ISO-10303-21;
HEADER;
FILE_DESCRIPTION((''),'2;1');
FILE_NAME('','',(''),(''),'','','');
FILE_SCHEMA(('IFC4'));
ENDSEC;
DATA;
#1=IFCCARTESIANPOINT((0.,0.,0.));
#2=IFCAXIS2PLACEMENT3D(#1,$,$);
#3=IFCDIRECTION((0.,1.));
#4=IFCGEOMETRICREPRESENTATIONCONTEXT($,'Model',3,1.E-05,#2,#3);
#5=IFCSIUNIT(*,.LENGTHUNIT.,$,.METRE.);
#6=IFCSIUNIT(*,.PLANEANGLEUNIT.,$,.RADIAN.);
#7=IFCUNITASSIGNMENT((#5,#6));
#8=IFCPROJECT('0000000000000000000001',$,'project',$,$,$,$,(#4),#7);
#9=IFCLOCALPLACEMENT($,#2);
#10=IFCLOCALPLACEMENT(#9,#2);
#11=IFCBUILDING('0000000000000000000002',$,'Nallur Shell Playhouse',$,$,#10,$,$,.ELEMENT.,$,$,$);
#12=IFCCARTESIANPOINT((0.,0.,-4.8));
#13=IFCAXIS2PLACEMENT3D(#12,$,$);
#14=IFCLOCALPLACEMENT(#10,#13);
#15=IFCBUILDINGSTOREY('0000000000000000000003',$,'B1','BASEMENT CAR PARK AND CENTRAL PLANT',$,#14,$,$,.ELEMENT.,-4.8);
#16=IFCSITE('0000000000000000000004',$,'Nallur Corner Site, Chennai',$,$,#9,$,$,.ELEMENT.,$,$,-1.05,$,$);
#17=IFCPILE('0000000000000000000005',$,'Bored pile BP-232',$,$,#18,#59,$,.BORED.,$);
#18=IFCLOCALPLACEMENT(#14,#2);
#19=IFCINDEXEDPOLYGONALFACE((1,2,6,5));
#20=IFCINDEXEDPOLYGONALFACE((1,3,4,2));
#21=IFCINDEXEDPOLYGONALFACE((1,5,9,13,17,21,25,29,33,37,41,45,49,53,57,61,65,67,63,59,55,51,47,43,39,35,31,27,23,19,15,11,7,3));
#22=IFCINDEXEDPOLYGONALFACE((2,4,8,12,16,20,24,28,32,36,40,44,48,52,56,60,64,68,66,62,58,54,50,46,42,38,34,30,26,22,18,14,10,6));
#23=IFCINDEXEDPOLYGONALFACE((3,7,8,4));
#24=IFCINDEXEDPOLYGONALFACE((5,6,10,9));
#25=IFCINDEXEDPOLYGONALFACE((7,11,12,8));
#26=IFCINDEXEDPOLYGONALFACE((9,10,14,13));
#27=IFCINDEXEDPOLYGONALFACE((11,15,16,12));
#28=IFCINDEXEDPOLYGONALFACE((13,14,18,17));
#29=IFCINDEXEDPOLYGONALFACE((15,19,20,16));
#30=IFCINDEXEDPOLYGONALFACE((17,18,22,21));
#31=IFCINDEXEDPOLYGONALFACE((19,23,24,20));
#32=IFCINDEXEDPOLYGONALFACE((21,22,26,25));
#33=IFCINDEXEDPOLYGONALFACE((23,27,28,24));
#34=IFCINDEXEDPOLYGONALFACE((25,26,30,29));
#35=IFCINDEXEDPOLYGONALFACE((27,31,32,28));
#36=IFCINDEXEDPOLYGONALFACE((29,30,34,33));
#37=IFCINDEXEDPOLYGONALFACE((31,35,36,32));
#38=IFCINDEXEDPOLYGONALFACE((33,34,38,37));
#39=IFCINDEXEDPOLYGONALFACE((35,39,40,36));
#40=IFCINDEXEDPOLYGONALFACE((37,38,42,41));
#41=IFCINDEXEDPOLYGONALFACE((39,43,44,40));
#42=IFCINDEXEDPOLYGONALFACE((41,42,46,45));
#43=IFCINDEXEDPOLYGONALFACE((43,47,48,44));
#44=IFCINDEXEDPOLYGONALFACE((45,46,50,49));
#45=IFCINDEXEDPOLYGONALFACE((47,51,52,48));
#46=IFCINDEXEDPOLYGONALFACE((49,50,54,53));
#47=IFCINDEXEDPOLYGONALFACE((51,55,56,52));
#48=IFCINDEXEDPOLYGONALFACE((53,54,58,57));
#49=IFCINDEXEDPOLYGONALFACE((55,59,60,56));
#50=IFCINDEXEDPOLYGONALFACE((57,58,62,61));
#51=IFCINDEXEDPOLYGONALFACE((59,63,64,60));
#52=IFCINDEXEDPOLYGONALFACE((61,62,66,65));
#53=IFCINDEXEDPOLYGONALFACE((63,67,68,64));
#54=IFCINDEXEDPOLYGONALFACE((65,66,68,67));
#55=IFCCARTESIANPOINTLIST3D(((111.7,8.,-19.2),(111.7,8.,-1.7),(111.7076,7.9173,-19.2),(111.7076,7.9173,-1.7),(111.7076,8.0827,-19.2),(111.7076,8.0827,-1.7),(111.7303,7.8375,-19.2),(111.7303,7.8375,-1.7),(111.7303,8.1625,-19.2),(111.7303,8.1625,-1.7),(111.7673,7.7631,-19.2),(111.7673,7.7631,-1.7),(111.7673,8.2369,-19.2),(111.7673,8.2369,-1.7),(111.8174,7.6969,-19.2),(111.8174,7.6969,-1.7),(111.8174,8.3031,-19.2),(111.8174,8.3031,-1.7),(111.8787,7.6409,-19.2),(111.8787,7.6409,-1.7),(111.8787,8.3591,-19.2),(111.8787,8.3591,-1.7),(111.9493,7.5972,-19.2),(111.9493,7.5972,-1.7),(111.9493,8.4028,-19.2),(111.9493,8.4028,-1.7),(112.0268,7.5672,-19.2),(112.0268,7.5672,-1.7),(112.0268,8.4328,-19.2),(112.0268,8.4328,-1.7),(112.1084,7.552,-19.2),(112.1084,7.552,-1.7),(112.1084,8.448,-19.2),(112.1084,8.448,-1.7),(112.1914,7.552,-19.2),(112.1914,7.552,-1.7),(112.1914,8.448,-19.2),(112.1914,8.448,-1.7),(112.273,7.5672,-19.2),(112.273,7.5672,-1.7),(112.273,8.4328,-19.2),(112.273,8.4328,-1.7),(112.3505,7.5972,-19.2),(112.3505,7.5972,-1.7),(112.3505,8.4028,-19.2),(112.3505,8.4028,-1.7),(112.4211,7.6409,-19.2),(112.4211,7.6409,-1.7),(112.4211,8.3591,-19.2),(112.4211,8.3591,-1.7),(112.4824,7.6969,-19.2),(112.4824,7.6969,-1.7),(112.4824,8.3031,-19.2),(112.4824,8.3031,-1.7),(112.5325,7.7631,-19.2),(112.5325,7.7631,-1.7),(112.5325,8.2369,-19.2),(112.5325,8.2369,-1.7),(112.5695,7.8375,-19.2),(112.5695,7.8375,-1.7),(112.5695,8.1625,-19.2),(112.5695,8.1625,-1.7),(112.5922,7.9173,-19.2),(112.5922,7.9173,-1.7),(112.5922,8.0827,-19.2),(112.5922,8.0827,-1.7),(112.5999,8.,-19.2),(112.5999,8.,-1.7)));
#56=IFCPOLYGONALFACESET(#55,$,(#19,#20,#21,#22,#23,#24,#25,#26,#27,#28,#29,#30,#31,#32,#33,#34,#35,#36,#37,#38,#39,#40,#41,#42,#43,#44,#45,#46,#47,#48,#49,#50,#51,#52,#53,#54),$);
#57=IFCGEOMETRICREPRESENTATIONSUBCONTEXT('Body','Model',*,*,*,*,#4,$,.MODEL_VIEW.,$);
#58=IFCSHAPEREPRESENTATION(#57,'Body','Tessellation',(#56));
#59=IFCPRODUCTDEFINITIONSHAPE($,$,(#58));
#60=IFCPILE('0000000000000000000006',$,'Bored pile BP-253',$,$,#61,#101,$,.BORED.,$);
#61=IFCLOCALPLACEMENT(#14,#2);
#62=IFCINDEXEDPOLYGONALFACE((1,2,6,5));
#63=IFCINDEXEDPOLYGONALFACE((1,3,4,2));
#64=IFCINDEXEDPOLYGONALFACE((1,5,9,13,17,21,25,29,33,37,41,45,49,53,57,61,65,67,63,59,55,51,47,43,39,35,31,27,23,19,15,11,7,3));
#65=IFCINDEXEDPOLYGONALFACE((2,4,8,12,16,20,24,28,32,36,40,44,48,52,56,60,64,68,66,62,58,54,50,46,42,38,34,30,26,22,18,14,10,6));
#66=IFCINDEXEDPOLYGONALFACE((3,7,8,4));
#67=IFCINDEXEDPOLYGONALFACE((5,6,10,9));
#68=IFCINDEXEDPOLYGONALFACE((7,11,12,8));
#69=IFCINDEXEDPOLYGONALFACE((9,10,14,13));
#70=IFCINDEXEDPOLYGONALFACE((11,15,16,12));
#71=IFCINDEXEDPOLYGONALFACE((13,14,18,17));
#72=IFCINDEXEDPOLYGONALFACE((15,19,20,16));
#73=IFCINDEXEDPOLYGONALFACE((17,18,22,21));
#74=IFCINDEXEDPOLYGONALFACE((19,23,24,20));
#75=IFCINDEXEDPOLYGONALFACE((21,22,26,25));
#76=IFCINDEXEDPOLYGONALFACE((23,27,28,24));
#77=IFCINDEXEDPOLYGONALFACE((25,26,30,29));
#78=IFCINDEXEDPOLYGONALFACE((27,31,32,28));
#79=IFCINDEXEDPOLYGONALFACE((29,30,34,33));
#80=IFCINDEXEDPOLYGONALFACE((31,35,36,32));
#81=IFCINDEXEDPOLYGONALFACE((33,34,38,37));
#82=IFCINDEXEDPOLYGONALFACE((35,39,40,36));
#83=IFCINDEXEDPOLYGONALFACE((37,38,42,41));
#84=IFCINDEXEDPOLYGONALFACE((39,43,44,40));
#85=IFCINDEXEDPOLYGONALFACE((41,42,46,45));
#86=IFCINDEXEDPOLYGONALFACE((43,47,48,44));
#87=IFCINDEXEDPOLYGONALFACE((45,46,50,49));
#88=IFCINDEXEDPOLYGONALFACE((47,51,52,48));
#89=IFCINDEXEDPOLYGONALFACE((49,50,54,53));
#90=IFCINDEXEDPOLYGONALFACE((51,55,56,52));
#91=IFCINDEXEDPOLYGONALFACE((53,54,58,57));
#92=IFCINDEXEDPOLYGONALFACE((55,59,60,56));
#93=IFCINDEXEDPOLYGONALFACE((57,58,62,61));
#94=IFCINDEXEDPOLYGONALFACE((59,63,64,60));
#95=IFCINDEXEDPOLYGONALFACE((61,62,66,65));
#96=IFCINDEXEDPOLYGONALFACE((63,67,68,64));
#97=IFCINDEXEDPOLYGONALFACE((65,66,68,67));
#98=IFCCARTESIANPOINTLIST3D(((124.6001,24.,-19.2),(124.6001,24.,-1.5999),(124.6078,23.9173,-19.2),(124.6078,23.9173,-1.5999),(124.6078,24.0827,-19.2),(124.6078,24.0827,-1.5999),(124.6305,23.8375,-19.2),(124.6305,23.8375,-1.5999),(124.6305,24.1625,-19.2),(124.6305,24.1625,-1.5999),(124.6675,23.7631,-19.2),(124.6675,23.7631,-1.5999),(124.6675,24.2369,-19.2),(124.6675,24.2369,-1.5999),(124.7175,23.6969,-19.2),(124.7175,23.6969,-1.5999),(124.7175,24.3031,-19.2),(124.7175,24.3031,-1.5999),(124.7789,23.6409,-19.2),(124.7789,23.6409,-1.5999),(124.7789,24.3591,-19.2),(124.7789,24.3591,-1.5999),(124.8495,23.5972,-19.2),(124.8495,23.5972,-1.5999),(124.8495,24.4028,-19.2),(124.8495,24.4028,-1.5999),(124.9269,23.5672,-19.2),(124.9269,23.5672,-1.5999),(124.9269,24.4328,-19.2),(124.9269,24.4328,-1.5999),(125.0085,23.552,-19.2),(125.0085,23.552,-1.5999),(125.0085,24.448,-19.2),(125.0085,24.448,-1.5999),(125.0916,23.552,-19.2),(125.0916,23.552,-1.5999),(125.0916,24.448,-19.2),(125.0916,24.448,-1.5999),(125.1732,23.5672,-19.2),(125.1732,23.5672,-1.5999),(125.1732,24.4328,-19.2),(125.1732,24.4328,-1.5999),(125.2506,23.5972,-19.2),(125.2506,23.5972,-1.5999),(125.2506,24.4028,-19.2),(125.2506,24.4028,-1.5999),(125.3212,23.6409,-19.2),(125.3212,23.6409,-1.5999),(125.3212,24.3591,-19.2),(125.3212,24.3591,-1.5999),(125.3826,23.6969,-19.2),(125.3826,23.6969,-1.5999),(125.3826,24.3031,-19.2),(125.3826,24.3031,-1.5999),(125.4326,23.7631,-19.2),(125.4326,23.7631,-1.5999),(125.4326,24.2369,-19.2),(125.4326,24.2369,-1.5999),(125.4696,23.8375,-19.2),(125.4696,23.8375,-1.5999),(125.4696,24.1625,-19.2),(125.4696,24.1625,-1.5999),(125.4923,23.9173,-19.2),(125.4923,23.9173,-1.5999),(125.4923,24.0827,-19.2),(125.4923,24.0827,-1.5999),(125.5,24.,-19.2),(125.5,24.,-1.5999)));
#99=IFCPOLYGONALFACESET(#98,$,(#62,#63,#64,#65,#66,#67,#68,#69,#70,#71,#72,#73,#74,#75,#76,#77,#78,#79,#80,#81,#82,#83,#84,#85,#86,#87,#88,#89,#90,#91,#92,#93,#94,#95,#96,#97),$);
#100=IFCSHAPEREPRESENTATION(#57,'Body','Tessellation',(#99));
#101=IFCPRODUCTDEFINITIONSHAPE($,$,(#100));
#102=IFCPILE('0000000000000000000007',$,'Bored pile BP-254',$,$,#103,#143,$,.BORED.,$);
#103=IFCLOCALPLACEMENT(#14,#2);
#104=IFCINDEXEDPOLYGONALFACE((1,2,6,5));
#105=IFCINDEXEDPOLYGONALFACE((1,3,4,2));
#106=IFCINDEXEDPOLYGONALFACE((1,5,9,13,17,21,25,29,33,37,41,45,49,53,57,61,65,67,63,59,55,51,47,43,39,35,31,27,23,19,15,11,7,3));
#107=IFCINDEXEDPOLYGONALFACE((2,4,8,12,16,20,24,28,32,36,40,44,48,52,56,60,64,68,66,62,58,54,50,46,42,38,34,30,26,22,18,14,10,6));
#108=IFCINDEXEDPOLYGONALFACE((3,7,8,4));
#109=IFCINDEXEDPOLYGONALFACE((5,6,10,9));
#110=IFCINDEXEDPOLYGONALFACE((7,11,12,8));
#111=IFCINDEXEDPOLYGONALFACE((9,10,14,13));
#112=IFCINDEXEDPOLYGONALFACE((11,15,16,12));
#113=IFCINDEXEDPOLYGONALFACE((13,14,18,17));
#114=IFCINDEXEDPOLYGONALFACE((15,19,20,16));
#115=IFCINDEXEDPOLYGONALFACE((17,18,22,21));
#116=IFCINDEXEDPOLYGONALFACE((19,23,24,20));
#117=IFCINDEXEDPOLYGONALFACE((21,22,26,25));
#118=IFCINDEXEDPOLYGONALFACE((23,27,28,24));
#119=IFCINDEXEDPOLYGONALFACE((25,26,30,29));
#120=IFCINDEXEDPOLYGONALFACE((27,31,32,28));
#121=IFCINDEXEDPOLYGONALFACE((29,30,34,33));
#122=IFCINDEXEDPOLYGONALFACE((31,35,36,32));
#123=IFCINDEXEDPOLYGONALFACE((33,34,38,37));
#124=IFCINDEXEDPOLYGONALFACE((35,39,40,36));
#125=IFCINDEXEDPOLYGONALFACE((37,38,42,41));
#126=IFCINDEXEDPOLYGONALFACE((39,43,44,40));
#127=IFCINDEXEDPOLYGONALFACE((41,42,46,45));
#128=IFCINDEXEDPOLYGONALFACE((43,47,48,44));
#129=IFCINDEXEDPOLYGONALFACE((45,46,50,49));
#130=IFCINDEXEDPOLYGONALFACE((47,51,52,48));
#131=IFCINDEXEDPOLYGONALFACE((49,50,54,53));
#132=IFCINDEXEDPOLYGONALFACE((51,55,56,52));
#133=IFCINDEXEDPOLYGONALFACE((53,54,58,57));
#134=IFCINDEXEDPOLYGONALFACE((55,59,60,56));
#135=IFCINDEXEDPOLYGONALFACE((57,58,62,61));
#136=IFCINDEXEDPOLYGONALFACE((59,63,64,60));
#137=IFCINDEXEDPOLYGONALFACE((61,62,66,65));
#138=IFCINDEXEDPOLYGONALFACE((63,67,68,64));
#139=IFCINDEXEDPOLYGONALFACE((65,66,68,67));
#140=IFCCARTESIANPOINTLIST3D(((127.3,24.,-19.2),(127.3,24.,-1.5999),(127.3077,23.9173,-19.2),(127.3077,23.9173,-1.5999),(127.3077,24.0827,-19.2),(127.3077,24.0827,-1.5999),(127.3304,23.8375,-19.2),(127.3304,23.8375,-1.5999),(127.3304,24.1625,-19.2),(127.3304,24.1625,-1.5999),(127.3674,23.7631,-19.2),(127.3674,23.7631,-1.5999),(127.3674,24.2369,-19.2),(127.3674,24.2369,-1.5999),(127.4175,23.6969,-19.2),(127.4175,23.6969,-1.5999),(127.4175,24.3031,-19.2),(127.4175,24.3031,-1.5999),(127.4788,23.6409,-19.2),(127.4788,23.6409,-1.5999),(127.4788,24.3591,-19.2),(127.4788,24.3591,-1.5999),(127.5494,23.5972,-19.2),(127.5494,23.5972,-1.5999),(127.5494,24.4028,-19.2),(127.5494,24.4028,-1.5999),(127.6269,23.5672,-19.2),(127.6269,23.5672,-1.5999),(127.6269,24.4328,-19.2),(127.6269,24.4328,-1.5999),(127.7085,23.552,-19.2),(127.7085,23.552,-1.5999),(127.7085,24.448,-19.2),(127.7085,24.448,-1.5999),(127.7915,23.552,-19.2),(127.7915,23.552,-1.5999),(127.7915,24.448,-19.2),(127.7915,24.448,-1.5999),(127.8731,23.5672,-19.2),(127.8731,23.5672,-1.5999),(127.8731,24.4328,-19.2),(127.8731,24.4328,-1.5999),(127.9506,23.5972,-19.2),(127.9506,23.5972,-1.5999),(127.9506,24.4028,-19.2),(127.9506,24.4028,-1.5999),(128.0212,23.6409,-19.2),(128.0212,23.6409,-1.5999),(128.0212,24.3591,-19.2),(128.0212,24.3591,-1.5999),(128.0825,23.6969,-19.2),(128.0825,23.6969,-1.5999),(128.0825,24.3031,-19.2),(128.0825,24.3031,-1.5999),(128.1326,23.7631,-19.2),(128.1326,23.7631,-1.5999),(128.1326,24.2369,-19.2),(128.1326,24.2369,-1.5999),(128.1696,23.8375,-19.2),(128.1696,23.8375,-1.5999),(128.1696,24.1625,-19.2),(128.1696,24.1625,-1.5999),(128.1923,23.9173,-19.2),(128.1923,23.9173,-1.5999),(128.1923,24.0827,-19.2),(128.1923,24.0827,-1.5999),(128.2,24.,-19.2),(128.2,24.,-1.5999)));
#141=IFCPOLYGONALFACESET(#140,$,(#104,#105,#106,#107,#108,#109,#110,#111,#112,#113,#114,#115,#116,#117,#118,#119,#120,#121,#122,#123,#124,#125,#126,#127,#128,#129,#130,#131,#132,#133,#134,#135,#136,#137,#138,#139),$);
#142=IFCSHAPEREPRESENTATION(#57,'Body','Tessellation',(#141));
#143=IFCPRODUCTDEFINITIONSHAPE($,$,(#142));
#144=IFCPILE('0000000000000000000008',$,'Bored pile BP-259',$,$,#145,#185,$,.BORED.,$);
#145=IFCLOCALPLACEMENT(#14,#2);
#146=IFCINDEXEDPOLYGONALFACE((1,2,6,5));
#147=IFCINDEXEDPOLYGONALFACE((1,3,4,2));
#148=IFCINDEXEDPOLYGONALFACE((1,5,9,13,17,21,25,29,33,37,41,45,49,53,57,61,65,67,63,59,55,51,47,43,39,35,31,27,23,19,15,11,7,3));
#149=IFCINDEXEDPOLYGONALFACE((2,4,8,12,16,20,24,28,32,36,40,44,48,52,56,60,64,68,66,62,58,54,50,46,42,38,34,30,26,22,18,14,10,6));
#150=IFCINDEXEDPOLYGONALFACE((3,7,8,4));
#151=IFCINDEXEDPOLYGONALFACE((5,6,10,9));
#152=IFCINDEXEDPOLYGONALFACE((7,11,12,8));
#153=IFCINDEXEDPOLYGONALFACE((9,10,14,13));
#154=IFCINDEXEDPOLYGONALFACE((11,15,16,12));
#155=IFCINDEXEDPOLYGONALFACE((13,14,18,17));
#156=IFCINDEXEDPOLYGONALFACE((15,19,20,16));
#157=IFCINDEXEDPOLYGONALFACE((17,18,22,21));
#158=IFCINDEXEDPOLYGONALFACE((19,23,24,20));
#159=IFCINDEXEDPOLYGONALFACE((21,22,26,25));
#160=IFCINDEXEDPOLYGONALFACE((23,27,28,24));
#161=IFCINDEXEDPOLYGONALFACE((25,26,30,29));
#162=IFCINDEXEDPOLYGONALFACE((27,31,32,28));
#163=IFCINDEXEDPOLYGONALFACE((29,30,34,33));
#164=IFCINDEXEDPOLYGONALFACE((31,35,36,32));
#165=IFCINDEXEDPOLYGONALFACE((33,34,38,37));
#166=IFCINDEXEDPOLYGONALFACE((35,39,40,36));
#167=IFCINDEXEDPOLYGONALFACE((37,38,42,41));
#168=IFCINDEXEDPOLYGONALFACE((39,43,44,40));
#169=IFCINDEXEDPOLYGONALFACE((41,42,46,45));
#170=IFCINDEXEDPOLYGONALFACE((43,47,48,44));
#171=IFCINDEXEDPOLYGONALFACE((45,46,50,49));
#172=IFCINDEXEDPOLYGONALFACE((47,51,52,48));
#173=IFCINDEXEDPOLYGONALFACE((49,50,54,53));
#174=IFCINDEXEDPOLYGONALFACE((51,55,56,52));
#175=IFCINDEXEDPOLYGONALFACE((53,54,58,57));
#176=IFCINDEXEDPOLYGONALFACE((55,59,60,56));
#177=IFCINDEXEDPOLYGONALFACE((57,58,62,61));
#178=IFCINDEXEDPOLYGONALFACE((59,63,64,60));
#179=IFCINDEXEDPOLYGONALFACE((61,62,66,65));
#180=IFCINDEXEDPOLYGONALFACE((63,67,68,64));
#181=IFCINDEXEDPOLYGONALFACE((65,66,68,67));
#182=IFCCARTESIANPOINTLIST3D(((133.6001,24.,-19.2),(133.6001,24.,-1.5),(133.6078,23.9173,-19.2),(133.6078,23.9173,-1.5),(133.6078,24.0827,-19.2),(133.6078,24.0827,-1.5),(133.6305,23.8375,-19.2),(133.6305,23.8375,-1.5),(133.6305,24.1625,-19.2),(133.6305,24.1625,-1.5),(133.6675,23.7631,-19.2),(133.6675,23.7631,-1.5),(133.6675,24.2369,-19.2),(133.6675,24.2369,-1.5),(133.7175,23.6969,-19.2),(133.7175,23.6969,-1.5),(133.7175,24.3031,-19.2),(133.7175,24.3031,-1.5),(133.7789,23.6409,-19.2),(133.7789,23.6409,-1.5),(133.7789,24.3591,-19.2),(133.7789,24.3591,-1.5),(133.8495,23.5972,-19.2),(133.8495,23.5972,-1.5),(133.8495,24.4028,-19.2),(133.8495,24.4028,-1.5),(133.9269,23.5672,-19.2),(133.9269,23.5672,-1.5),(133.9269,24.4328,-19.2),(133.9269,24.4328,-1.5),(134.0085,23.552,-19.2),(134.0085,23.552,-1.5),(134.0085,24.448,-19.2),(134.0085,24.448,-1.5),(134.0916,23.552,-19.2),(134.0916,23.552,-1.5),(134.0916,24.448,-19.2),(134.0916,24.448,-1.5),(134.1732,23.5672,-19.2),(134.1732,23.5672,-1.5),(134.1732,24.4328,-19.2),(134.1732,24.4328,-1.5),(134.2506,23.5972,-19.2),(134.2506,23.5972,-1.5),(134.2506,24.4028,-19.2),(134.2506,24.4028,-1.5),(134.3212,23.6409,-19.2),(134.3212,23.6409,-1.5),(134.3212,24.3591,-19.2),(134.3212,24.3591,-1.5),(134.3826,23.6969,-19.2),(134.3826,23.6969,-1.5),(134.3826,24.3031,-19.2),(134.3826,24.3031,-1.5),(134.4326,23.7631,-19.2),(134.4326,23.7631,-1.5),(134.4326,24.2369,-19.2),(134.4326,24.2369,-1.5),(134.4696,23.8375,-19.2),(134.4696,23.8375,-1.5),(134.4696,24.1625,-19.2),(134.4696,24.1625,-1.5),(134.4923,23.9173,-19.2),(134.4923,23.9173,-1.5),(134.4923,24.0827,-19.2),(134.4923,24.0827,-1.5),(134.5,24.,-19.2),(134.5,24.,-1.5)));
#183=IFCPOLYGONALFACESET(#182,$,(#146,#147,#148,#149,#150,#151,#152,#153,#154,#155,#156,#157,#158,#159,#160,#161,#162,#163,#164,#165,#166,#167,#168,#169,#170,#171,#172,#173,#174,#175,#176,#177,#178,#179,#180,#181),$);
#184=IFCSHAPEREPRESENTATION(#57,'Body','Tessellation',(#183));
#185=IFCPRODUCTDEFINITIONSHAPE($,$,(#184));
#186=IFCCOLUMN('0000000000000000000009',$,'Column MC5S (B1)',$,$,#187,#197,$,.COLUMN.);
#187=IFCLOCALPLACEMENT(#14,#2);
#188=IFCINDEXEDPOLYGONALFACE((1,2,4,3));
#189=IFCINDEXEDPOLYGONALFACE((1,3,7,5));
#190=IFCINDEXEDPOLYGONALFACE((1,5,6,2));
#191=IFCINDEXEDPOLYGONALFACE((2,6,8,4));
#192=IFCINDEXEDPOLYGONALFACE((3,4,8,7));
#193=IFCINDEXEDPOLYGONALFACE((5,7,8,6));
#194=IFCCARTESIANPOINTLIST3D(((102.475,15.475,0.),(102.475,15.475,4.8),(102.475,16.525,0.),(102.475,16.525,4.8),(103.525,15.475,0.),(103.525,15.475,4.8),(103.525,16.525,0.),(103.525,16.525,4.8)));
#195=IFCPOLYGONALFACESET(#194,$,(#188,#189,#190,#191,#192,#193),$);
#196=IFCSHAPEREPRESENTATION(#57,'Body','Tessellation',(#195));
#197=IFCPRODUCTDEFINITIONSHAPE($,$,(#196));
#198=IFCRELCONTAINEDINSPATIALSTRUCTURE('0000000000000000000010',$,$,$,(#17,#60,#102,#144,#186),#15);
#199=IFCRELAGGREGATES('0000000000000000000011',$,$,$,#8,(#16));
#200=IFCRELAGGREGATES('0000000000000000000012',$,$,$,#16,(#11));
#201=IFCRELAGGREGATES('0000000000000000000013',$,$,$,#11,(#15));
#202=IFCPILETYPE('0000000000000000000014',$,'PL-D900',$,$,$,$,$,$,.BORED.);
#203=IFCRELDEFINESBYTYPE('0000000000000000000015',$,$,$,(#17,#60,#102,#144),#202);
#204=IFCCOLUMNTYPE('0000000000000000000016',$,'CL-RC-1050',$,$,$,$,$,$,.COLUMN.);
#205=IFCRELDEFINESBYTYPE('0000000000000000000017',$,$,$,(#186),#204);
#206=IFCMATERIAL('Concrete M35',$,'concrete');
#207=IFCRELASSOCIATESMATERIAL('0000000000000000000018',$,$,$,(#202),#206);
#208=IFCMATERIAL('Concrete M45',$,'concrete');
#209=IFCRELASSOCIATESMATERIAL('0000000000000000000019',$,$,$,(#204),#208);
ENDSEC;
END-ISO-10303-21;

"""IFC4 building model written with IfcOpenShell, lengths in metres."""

from ifc_helpers import new_model, si_unit, direction, frame, origin, origin_2d, place, context, subcontext, project, spatial, rectangle, circle, extrude, material, material_profile, profile_set, type_object, element, save


model = new_model("IFC4")

# Units and contexts
model_context = context("Model", 3, precision=1e-05, world=origin(), true_north=direction((0.0, 1.0)))
body_context = subcontext(model_context, "Body", "Model", "MODEL_VIEW")
ifc_project = project(units=[si_unit("LENGTHUNIT", "METRE"), si_unit("PLANEANGLEUNIT", "RADIAN")], contexts=[model_context])

# Site, building, storey
site_placement = place(None, origin())
site = spatial("IfcSite", under=ifc_project, at=site_placement, Name="Nallur Corner Site, Chennai", CompositionType="ELEMENT", RefElevation=-1.05)
building_placement = place(site_placement, origin())
building = spatial("IfcBuilding", under=site, at=building_placement, Name="Nallur Shell Playhouse", CompositionType="ELEMENT")
storey_placement = place(building_placement, frame((0.0, 0.0, -4.8)))
storey = spatial("IfcBuildingStorey", under=building, at=storey_placement, Name="B1", Description="BASEMENT CAR PARK AND CENTRAL PLANT", CompositionType="ELEMENT", Elevation=-4.8)

# Shared definitions
ifc_material_1 = material(Name="Concrete M35", Category="concrete")

# Piles
ifc_material_profile_1 = material_profile(ifc_material_1, circle(Radius=0.45, at=origin_2d()), Name="BORED PILE D900")
ifc_profile_set_1 = profile_set([ifc_material_profile_1], Name="Concrete M35")
pile_type_1 = type_object("IfcPileType", Name="PL-D900", PredefinedType="BORED", material=ifc_profile_set_1)
for number, where, z_axis, x_axis, name in (
    (1, (112.1499, 8.0, -1.7), (0.0, 0.0, -1.0), (1.0, 0.0, 0.0), "Bored pile BP-232"),
):
    element("IfcPile", number, at=place(storey_placement, frame(where, z_axis=z_axis, x_axis=x_axis)), inside=storey, type_object=pile_type_1, Name=name, PredefinedType="BORED", context=body_context, shape_type="SweptSolid", body=[
        extrude(circle(Radius=0.45, at=origin_2d()), origin(), (0.0, 0.0, 1.0), 17.5),
    ])
for number, where, z_axis, x_axis, name in (
    (2, (125.05, 24.0, -1.5999), (0.0, 0.0, -1.0), (1.0, 0.0, 0.0), "Bored pile BP-253"),
    (3, (127.75, 24.0, -1.5999), (0.0, 0.0, -1.0), (1.0, 0.0, 0.0), "Bored pile BP-254"),
):
    element("IfcPile", number, at=place(storey_placement, frame(where, z_axis=z_axis, x_axis=x_axis)), inside=storey, type_object=pile_type_1, Name=name, PredefinedType="BORED", context=body_context, shape_type="SweptSolid", body=[
        extrude(circle(Radius=0.45, at=origin_2d()), origin(), (0.0, 0.0, 1.0), 17.6001),
    ])
pile_placement = place(storey_placement, frame((134.05, 24.0, -1.5), z_axis=(0.0, 0.0, -1.0), x_axis=(1.0, 0.0, 0.0)))
element("IfcPile", 4, at=pile_placement, inside=storey, type_object=pile_type_1, Name="Bored pile BP-259", PredefinedType="BORED", context=body_context, shape_type="SweptSolid", body=[
    extrude(circle(Radius=0.45, at=origin_2d()), origin(), (0.0, 0.0, 1.0), 17.7),
])

# Column
ifc_material_2 = material(Name="Concrete M45", Category="concrete")
ifc_material_profile_2 = material_profile(ifc_material_2, rectangle(XDim=1.05, YDim=1.05, at=origin_2d()), Name="RC 1050x1050")
ifc_profile_set_2 = profile_set([ifc_material_profile_2], Name="Concrete M45")
column_type_1 = type_object("IfcColumnType", Name="CL-RC-1050", PredefinedType="COLUMN", material=ifc_profile_set_2)
column_1_placement = place(storey_placement, frame((103.0, 16.0, 0.0), z_axis=(0.0, 0.0, 1.0), x_axis=(1.0, 0.0, 0.0)))
element("IfcColumn", 5, at=column_1_placement, inside=storey, type_object=column_type_1, Name="Column MC5S (B1)", PredefinedType="COLUMN", context=body_context, shape_type="SweptSolid", body=[
    extrude(rectangle(XDim=1.05, YDim=1.05, at=origin_2d()), origin(), (0.0, 0.0, 1.0), 4.8),
])

save(model, "model.ifc")
